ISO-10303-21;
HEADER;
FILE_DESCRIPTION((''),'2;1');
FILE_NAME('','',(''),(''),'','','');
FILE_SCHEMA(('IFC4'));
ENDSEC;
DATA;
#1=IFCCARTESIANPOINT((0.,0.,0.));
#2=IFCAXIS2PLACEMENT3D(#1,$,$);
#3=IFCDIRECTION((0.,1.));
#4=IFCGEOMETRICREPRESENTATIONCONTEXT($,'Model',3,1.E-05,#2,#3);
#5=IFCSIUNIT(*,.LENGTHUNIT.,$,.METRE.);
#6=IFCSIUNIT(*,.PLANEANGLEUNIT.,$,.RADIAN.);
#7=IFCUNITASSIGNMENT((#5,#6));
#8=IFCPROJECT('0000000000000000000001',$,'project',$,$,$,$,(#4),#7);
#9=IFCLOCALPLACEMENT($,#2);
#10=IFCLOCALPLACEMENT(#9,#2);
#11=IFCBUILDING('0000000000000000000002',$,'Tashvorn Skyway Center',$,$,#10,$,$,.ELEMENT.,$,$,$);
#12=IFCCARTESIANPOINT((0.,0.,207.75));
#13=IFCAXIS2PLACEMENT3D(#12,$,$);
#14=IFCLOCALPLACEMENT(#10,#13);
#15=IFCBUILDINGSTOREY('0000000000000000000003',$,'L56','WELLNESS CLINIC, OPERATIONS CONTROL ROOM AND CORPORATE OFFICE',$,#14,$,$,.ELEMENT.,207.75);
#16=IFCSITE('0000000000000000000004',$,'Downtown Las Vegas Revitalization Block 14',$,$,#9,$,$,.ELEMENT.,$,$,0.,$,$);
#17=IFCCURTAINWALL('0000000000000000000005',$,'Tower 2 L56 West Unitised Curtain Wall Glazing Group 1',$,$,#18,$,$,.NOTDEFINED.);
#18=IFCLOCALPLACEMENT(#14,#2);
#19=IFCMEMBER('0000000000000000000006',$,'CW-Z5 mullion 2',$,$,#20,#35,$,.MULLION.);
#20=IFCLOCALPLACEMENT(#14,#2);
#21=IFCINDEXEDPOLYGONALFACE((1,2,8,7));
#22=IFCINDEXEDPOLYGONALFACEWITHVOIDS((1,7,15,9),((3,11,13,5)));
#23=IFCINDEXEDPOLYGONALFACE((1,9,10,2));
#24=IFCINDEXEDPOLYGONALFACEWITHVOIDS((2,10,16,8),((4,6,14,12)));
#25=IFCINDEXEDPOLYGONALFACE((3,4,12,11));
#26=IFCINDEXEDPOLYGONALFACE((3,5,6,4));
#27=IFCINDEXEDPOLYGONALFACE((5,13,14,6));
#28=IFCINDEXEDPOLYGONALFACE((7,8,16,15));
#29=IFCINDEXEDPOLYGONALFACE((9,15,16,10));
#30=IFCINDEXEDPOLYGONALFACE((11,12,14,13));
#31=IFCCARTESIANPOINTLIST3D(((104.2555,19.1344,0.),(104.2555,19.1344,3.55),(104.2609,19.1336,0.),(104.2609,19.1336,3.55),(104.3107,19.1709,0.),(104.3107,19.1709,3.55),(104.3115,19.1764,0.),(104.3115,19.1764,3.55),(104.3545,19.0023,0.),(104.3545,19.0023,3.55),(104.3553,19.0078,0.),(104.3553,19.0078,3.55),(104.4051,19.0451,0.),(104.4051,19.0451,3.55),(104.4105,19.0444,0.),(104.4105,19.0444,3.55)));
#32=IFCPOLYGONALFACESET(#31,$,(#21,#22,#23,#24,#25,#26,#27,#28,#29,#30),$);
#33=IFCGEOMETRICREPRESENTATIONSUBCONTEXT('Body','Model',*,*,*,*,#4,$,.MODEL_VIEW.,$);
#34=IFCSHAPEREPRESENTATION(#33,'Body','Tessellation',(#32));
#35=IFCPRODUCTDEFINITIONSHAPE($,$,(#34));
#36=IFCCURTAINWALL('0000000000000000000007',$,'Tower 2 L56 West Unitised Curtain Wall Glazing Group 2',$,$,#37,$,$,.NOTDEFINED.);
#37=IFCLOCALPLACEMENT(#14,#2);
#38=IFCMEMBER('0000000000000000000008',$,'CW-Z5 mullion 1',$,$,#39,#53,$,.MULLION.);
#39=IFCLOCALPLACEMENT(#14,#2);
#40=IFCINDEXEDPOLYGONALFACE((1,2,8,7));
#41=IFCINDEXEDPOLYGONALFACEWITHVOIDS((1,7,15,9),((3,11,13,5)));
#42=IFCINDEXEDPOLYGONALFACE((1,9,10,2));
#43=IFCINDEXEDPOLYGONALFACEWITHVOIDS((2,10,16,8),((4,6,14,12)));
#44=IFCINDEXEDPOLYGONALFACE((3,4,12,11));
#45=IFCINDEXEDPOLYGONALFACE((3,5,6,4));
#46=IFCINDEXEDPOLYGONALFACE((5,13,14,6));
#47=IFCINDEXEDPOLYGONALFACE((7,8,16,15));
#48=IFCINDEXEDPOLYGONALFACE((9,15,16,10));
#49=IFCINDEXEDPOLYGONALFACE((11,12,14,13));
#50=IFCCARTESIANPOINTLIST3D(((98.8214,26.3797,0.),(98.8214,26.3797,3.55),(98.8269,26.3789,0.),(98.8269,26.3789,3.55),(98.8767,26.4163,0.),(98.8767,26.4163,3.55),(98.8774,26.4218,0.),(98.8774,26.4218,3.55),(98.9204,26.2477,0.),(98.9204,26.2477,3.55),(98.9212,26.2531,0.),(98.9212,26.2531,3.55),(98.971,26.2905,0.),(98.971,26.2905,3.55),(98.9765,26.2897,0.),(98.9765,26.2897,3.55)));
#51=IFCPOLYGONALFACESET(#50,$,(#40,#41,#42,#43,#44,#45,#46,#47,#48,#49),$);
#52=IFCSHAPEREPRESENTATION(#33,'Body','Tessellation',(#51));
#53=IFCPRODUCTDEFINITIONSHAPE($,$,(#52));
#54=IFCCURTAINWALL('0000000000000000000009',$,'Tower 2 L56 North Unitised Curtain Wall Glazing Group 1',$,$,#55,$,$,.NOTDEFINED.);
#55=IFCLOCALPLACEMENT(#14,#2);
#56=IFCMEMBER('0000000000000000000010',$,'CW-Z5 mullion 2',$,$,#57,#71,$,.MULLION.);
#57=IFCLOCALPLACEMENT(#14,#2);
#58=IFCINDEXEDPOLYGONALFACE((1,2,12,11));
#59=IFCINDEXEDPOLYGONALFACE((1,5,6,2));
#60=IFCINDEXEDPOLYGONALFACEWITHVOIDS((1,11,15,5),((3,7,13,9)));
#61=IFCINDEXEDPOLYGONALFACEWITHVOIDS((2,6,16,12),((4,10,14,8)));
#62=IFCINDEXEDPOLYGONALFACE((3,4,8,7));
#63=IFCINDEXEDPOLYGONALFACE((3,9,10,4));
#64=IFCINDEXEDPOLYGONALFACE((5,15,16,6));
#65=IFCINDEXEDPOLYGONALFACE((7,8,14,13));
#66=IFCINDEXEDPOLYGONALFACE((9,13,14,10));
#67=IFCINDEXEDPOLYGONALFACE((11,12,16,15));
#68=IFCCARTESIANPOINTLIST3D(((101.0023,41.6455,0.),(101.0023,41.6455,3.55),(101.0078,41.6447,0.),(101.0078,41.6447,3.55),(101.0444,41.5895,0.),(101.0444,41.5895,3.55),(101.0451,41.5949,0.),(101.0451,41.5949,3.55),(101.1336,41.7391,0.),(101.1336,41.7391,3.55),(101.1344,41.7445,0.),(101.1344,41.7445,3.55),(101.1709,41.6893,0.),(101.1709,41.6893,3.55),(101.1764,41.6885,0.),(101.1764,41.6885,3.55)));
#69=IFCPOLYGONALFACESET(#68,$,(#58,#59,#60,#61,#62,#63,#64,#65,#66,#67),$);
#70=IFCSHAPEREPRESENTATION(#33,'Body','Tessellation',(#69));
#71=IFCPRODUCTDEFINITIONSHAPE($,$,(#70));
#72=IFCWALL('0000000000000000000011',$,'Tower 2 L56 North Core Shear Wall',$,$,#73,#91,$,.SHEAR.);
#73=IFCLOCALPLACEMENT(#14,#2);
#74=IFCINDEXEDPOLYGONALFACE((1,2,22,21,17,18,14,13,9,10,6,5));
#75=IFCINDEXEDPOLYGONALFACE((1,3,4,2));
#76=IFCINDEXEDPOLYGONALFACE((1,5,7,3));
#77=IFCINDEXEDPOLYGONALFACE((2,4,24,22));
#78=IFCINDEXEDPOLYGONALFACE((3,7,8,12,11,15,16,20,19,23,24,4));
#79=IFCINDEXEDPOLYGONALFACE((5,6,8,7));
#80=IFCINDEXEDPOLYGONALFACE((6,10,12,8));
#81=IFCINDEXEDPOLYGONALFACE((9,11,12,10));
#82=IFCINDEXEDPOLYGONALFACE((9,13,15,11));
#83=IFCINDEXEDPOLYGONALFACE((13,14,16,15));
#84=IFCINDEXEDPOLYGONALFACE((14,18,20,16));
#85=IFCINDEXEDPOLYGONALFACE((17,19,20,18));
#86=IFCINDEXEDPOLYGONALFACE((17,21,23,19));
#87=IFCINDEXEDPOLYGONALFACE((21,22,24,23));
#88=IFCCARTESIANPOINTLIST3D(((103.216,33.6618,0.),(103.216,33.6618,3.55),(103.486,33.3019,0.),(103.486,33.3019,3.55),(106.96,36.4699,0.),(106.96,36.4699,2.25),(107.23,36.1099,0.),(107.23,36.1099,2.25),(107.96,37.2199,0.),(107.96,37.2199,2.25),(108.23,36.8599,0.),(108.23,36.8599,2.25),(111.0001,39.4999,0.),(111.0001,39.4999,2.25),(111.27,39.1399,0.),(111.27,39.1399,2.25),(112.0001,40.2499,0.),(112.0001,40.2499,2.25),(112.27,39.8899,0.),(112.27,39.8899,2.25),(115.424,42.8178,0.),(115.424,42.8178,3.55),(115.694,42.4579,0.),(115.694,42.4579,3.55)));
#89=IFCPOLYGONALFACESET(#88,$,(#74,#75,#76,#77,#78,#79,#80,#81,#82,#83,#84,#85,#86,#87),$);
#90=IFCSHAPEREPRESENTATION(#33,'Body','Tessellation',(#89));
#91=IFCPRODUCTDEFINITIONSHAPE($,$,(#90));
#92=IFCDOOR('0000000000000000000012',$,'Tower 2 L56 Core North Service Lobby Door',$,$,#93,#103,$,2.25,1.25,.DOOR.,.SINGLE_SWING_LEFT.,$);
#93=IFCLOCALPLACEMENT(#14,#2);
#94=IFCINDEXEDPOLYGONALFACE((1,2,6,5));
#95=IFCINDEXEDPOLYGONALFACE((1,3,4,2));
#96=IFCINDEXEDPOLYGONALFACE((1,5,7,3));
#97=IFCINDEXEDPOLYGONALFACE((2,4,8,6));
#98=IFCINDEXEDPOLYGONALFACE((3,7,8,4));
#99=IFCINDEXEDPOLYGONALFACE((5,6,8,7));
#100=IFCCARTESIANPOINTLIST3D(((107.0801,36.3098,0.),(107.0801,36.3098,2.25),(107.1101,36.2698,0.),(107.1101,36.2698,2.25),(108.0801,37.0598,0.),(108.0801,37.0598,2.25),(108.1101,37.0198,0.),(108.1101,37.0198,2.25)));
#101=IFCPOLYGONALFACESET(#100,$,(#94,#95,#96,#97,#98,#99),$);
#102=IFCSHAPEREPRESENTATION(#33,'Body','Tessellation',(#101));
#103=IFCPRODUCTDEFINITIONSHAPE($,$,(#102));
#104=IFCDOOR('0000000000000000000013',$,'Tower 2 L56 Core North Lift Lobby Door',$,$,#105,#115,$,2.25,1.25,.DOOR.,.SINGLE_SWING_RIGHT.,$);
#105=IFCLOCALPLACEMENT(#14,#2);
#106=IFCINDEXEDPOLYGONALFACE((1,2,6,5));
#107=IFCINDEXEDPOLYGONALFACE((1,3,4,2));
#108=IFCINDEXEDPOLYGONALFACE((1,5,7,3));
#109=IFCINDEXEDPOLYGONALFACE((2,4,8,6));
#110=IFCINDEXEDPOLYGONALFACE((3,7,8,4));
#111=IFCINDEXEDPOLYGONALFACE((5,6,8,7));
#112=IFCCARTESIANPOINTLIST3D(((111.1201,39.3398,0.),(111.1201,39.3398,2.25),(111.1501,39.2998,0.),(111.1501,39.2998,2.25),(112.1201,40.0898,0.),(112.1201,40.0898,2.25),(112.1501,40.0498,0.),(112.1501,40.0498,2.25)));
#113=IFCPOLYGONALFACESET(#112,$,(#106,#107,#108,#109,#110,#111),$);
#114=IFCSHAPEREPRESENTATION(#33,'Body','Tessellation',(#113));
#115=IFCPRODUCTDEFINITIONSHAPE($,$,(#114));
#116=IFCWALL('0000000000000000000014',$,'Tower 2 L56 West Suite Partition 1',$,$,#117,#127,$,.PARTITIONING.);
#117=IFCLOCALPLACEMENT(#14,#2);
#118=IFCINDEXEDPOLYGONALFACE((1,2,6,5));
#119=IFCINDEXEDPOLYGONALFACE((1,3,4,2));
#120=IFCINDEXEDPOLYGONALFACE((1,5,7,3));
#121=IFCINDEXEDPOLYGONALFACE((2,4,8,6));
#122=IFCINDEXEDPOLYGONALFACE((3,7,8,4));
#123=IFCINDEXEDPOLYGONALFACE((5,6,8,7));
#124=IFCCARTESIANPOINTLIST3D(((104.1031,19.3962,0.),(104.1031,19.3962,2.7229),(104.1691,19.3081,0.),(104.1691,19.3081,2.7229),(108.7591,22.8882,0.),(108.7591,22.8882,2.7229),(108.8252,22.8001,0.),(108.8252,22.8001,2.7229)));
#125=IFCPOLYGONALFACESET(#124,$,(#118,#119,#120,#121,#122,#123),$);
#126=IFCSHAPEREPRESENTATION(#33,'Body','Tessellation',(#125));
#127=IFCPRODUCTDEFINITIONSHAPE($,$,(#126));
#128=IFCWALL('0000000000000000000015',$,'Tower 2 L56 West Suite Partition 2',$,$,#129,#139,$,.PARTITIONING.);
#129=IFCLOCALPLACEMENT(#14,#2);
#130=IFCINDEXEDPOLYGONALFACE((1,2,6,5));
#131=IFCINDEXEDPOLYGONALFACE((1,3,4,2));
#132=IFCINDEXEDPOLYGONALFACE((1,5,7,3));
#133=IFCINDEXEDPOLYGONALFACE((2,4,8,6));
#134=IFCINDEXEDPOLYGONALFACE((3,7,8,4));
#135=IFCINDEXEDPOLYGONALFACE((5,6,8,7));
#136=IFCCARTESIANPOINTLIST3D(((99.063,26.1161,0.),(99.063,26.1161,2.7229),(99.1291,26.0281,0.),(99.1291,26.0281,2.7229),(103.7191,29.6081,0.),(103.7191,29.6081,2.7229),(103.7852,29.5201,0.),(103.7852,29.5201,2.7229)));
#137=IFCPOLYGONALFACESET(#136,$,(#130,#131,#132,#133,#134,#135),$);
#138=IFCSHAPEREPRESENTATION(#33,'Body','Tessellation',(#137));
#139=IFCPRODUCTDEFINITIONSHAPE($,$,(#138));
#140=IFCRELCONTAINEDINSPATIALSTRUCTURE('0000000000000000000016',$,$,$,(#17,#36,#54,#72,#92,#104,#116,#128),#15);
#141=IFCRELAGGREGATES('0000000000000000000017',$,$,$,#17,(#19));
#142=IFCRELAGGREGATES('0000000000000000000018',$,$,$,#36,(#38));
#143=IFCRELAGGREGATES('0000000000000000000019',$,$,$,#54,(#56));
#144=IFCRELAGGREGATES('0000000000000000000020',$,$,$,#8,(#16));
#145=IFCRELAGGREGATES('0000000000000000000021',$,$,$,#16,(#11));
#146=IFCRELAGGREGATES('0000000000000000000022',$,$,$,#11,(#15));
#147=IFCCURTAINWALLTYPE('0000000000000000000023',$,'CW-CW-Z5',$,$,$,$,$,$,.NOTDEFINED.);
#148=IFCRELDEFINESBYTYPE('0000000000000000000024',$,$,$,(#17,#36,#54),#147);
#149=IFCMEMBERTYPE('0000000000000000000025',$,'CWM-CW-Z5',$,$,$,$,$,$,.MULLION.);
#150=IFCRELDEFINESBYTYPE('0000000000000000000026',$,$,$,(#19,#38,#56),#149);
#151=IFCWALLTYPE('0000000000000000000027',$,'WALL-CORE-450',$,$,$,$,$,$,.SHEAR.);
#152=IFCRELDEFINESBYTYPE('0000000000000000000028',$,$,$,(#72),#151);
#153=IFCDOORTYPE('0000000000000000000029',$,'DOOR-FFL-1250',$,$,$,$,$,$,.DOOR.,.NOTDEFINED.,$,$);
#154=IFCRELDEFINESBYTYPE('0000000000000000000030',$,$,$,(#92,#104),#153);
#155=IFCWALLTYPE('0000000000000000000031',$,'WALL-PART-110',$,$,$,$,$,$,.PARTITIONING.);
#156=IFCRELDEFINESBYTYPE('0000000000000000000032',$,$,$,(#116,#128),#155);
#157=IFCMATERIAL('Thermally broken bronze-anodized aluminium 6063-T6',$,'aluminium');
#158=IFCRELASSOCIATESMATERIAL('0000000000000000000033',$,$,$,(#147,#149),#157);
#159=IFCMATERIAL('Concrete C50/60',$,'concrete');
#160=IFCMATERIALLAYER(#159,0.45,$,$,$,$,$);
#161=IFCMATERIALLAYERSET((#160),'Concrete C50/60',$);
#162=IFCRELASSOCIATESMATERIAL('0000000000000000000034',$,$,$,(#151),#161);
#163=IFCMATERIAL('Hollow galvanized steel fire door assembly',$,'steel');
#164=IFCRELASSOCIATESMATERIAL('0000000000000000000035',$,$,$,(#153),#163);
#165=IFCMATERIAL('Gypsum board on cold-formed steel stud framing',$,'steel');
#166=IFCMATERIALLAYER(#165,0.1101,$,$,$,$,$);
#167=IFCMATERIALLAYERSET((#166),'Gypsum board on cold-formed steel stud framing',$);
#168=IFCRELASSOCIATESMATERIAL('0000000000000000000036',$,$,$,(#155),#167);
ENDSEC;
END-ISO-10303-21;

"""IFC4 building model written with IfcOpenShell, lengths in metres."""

from ifc_helpers import new_model, si_unit, direction, frame, frame_2d, origin, origin_2d, place, context, subcontext, project, spatial, rectangle, hollow_rectangle, extrude, material, layer, layer_set, material_profile, profile_set, type_object, element, fill, aggregate, save


model = new_model("IFC4")

# Units and contexts
model_context = context("Model", 3, precision=1e-05, world=origin(), true_north=direction((0.0, 1.0)))
body_context = subcontext(model_context, "Body", "Model", "MODEL_VIEW")
ifc_project = project(units=[si_unit("LENGTHUNIT", "METRE"), si_unit("PLANEANGLEUNIT", "RADIAN")], contexts=[model_context])

# Site, building, storey
site_placement = place(None, origin())
site = spatial("IfcSite", under=ifc_project, at=site_placement, Name="Downtown Las Vegas Revitalization Block 14", CompositionType="ELEMENT", RefElevation=0.0)
building_placement = place(site_placement, origin())
building = spatial("IfcBuilding", under=site, at=building_placement, Name="Tashvorn Skyway Center", CompositionType="ELEMENT")
storey_placement = place(building_placement, frame((0.0, 0.0, 207.75)))
storey = spatial("IfcBuildingStorey", under=building, at=storey_placement, Name="L56", Description="WELLNESS CLINIC, OPERATIONS CONTROL ROOM AND CORPORATE OFFICE", CompositionType="ELEMENT", Elevation=207.75)

# Curtain walls, members
ifc_material_1 = material(Name="Thermally broken bronze-anodized aluminium 6063-T6", Category="aluminium")
curtain_wall_type = type_object("IfcCurtainWallType", Name="CW-CW-Z5", PredefinedType="NOTDEFINED", material=ifc_material_1)
curtain_wall_1_placement = place(storey_placement, origin())
curtain_wall_1 = element("IfcCurtainWall", 1, at=curtain_wall_1_placement, inside=storey, type_object=curtain_wall_type, Name="Tower 2 L56 West Unitised Curtain Wall Glazing Group 1", PredefinedType="NOTDEFINED")
ifc_material_profile_1 = material_profile(ifc_material_1, hollow_rectangle(XDim=0.0701, YDim=0.165, WallThickness=0.0039, at=origin_2d()), Name="ALU-MULL-70x165")
ifc_profile_set_1 = profile_set([ifc_material_profile_1], Name="Thermally broken bronze-anodized aluminium 6063-T6")
member_type = type_object("IfcMemberType", Name="CWM-CW-Z5", PredefinedType="MULLION", material=ifc_profile_set_1)
member_1_placement = place(storey_placement, frame((104.333, 19.0894, 0.0), z_axis=(0.0, 0.0, 1.0), x_axis=(-0.799999, -0.600002, 0.0)))
member_1 = element("IfcMember", 2, at=member_1_placement, type_object=member_type, Name="CW-Z5 mullion 2", PredefinedType="MULLION", context=body_context, shape_type="SweptSolid", body=[
    extrude(hollow_rectangle(XDim=0.0701, YDim=0.165, WallThickness=0.0039, at=origin_2d()), origin(), (0.0, 0.0, 1.0), 3.55),
])
aggregate(curtain_wall_1, [member_1])
curtain_wall_2_placement = place(storey_placement, origin())
curtain_wall_2 = element("IfcCurtainWall", 3, at=curtain_wall_2_placement, inside=storey, type_object=curtain_wall_type, Name="Tower 2 L56 West Unitised Curtain Wall Glazing Group 2", PredefinedType="NOTDEFINED")
member_2_placement = place(storey_placement, frame((98.8989, 26.3347, 0.0), z_axis=(0.0, 0.0, 1.0), x_axis=(-0.799999, -0.600002, 0.0)))
member_2 = element("IfcMember", 4, at=member_2_placement, type_object=member_type, Name="CW-Z5 mullion 1", PredefinedType="MULLION", context=body_context, shape_type="SweptSolid", body=[
    extrude(hollow_rectangle(XDim=0.0701, YDim=0.165, WallThickness=0.0039, at=origin_2d()), origin(), (0.0, 0.0, 1.0), 3.55),
])
aggregate(curtain_wall_2, [member_2])
curtain_wall_3_placement = place(storey_placement, origin())
curtain_wall_3 = element("IfcCurtainWall", 5, at=curtain_wall_3_placement, inside=storey, type_object=curtain_wall_type, Name="Tower 2 L56 North Unitised Curtain Wall Glazing Group 1", PredefinedType="NOTDEFINED")
member_3_placement = place(storey_placement, frame((101.0894, 41.667, 0.0), z_axis=(0.0, 0.0, 1.0), x_axis=(-0.600002, 0.799999, 0.0)))
member_3 = element("IfcMember", 6, at=member_3_placement, type_object=member_type, Name="CW-Z5 mullion 2", PredefinedType="MULLION", context=body_context, shape_type="SweptSolid", body=[
    extrude(hollow_rectangle(XDim=0.0701, YDim=0.165, WallThickness=0.0039, at=origin_2d()), origin(), (0.0, 0.0, 1.0), 3.55),
])
aggregate(curtain_wall_3, [member_3])

# Wall, openings, doors
ifc_material_2 = material(Name="Concrete C50/60", Category="concrete")
ifc_layer_1 = layer(ifc_material_2, 0.45)
ifc_layer_set_1 = layer_set([ifc_layer_1], Name="Concrete C50/60")
wall_type_1 = type_object("IfcWallType", Name="WALL-CORE-450", PredefinedType="SHEAR", material=ifc_layer_set_1)
wall_1_placement = place(storey_placement, frame((103.3511, 33.4819, 0.0), z_axis=(0.0, 0.0, 1.0), x_axis=(0.8, 0.6, 0.0)))
wall_1 = element("IfcWall", 7, at=wall_1_placement, inside=storey, type_object=wall_type_1, Name="Tower 2 L56 North Core Shear Wall", PredefinedType="SHEAR", context=body_context, shape_type="SweptSolid", body=[
    extrude(rectangle(XDim=15.26, YDim=0.45, at=frame_2d((7.6299, 0.0))), origin(), (0.0, 0.0, 1.0), 3.55),
])
opening_1_placement = place(wall_1_placement, frame((4.6799, 0.0, 0.0)))
opening_1 = element("IfcOpeningElement", 8, at=opening_1_placement, cuts=wall_1, PredefinedType="OPENING", context=body_context, shape_type="SweptSolid", body=[
    extrude(rectangle(XDim=1.25, YDim=2.25, at=frame_2d((0.625, 1.125))), frame((0.0, 0.2349, 0.0), z_axis=(0.0, -1.0, 0.0), x_axis=(1.0, 0.0, 0.0)), (0.0, 0.0, 1.0), 0.47),
])
opening_2_placement = place(wall_1_placement, frame((9.73, 0.0, 0.0)))
opening_2 = element("IfcOpeningElement", 9, at=opening_2_placement, cuts=wall_1, PredefinedType="OPENING", context=body_context, shape_type="SweptSolid", body=[
    extrude(rectangle(XDim=1.25, YDim=2.25, at=frame_2d((0.625, 1.125))), frame((0.0, 0.2349, 0.0), z_axis=(0.0, -1.0, 0.0), x_axis=(1.0, 0.0, 0.0)), (0.0, 0.0, 1.0), 0.47),
])
ifc_material_3 = material(Name="Hollow galvanized steel fire door assembly", Category="steel")
door_type_1 = type_object("IfcDoorType", Name="DOOR-FFL-1250", OperationType="NOTDEFINED", PredefinedType="DOOR", material=ifc_material_3)
door_1_placement = place(opening_1_placement, origin())
door_1 = element("IfcDoor", 10, at=door_1_placement, inside=storey, type_object=door_type_1, Name="Tower 2 L56 Core North Service Lobby Door", OperationType="SINGLE_SWING_LEFT", OverallHeight=2.25, OverallWidth=1.25, PredefinedType="DOOR", context=body_context, shape_type="SweptSolid", body=[
    extrude(rectangle(XDim=1.25, YDim=2.25, at=frame_2d((0.625, 1.125))), frame((0.0, 0.0249, 0.0), z_axis=(0.0, -1.0, 0.0), x_axis=(1.0, 0.0, 0.0)), (0.0, 0.0, 1.0), 0.05),
])
fill(opening_1, door_1)
door_2_placement = place(opening_2_placement, origin())
door_2 = element("IfcDoor", 11, at=door_2_placement, inside=storey, type_object=door_type_1, Name="Tower 2 L56 Core North Lift Lobby Door", OperationType="SINGLE_SWING_RIGHT", OverallHeight=2.25, OverallWidth=1.25, PredefinedType="DOOR", context=body_context, shape_type="SweptSolid", body=[
    extrude(rectangle(XDim=1.25, YDim=2.25, at=frame_2d((0.625, 1.125))), frame((0.0, 0.0249, 0.0), z_axis=(0.0, -1.0, 0.0), x_axis=(1.0, 0.0, 0.0)), (0.0, 0.0, 1.0), 0.05),
])
fill(opening_2, door_2)

# Walls
ifc_material_4 = material(Name="Gypsum board on cold-formed steel stud framing", Category="steel")
ifc_layer_2 = layer(ifc_material_4, 0.1101)
ifc_layer_set_2 = layer_set([ifc_layer_2], Name="Gypsum board on cold-formed steel stud framing")
wall_type_2 = type_object("IfcWallType", Name="WALL-PART-110", PredefinedType="PARTITIONING", material=ifc_layer_set_2)
for number, where, z_axis, x_axis, name in (
    (12, (104.136, 19.3521, 0.0), (0.0, 0.0, 1.0), (0.800005, 0.599993, 0.0), "Tower 2 L56 West Suite Partition 1"),
    (13, (99.0959, 26.072, 0.0), (0.0, 0.0, 1.0), (0.800005, 0.599993, 0.0), "Tower 2 L56 West Suite Partition 2"),
):
    element("IfcWall", number, at=place(storey_placement, frame(where, z_axis=z_axis, x_axis=x_axis)), inside=storey, type_object=wall_type_2, Name=name, PredefinedType="PARTITIONING", context=body_context, shape_type="SweptSolid", body=[
        extrude(rectangle(XDim=5.8201, YDim=0.1101, at=frame_2d((2.9102, 0.0))), origin(), (0.0, 0.0, 1.0), 2.7229),
    ])

save(model, "model.ifc")
